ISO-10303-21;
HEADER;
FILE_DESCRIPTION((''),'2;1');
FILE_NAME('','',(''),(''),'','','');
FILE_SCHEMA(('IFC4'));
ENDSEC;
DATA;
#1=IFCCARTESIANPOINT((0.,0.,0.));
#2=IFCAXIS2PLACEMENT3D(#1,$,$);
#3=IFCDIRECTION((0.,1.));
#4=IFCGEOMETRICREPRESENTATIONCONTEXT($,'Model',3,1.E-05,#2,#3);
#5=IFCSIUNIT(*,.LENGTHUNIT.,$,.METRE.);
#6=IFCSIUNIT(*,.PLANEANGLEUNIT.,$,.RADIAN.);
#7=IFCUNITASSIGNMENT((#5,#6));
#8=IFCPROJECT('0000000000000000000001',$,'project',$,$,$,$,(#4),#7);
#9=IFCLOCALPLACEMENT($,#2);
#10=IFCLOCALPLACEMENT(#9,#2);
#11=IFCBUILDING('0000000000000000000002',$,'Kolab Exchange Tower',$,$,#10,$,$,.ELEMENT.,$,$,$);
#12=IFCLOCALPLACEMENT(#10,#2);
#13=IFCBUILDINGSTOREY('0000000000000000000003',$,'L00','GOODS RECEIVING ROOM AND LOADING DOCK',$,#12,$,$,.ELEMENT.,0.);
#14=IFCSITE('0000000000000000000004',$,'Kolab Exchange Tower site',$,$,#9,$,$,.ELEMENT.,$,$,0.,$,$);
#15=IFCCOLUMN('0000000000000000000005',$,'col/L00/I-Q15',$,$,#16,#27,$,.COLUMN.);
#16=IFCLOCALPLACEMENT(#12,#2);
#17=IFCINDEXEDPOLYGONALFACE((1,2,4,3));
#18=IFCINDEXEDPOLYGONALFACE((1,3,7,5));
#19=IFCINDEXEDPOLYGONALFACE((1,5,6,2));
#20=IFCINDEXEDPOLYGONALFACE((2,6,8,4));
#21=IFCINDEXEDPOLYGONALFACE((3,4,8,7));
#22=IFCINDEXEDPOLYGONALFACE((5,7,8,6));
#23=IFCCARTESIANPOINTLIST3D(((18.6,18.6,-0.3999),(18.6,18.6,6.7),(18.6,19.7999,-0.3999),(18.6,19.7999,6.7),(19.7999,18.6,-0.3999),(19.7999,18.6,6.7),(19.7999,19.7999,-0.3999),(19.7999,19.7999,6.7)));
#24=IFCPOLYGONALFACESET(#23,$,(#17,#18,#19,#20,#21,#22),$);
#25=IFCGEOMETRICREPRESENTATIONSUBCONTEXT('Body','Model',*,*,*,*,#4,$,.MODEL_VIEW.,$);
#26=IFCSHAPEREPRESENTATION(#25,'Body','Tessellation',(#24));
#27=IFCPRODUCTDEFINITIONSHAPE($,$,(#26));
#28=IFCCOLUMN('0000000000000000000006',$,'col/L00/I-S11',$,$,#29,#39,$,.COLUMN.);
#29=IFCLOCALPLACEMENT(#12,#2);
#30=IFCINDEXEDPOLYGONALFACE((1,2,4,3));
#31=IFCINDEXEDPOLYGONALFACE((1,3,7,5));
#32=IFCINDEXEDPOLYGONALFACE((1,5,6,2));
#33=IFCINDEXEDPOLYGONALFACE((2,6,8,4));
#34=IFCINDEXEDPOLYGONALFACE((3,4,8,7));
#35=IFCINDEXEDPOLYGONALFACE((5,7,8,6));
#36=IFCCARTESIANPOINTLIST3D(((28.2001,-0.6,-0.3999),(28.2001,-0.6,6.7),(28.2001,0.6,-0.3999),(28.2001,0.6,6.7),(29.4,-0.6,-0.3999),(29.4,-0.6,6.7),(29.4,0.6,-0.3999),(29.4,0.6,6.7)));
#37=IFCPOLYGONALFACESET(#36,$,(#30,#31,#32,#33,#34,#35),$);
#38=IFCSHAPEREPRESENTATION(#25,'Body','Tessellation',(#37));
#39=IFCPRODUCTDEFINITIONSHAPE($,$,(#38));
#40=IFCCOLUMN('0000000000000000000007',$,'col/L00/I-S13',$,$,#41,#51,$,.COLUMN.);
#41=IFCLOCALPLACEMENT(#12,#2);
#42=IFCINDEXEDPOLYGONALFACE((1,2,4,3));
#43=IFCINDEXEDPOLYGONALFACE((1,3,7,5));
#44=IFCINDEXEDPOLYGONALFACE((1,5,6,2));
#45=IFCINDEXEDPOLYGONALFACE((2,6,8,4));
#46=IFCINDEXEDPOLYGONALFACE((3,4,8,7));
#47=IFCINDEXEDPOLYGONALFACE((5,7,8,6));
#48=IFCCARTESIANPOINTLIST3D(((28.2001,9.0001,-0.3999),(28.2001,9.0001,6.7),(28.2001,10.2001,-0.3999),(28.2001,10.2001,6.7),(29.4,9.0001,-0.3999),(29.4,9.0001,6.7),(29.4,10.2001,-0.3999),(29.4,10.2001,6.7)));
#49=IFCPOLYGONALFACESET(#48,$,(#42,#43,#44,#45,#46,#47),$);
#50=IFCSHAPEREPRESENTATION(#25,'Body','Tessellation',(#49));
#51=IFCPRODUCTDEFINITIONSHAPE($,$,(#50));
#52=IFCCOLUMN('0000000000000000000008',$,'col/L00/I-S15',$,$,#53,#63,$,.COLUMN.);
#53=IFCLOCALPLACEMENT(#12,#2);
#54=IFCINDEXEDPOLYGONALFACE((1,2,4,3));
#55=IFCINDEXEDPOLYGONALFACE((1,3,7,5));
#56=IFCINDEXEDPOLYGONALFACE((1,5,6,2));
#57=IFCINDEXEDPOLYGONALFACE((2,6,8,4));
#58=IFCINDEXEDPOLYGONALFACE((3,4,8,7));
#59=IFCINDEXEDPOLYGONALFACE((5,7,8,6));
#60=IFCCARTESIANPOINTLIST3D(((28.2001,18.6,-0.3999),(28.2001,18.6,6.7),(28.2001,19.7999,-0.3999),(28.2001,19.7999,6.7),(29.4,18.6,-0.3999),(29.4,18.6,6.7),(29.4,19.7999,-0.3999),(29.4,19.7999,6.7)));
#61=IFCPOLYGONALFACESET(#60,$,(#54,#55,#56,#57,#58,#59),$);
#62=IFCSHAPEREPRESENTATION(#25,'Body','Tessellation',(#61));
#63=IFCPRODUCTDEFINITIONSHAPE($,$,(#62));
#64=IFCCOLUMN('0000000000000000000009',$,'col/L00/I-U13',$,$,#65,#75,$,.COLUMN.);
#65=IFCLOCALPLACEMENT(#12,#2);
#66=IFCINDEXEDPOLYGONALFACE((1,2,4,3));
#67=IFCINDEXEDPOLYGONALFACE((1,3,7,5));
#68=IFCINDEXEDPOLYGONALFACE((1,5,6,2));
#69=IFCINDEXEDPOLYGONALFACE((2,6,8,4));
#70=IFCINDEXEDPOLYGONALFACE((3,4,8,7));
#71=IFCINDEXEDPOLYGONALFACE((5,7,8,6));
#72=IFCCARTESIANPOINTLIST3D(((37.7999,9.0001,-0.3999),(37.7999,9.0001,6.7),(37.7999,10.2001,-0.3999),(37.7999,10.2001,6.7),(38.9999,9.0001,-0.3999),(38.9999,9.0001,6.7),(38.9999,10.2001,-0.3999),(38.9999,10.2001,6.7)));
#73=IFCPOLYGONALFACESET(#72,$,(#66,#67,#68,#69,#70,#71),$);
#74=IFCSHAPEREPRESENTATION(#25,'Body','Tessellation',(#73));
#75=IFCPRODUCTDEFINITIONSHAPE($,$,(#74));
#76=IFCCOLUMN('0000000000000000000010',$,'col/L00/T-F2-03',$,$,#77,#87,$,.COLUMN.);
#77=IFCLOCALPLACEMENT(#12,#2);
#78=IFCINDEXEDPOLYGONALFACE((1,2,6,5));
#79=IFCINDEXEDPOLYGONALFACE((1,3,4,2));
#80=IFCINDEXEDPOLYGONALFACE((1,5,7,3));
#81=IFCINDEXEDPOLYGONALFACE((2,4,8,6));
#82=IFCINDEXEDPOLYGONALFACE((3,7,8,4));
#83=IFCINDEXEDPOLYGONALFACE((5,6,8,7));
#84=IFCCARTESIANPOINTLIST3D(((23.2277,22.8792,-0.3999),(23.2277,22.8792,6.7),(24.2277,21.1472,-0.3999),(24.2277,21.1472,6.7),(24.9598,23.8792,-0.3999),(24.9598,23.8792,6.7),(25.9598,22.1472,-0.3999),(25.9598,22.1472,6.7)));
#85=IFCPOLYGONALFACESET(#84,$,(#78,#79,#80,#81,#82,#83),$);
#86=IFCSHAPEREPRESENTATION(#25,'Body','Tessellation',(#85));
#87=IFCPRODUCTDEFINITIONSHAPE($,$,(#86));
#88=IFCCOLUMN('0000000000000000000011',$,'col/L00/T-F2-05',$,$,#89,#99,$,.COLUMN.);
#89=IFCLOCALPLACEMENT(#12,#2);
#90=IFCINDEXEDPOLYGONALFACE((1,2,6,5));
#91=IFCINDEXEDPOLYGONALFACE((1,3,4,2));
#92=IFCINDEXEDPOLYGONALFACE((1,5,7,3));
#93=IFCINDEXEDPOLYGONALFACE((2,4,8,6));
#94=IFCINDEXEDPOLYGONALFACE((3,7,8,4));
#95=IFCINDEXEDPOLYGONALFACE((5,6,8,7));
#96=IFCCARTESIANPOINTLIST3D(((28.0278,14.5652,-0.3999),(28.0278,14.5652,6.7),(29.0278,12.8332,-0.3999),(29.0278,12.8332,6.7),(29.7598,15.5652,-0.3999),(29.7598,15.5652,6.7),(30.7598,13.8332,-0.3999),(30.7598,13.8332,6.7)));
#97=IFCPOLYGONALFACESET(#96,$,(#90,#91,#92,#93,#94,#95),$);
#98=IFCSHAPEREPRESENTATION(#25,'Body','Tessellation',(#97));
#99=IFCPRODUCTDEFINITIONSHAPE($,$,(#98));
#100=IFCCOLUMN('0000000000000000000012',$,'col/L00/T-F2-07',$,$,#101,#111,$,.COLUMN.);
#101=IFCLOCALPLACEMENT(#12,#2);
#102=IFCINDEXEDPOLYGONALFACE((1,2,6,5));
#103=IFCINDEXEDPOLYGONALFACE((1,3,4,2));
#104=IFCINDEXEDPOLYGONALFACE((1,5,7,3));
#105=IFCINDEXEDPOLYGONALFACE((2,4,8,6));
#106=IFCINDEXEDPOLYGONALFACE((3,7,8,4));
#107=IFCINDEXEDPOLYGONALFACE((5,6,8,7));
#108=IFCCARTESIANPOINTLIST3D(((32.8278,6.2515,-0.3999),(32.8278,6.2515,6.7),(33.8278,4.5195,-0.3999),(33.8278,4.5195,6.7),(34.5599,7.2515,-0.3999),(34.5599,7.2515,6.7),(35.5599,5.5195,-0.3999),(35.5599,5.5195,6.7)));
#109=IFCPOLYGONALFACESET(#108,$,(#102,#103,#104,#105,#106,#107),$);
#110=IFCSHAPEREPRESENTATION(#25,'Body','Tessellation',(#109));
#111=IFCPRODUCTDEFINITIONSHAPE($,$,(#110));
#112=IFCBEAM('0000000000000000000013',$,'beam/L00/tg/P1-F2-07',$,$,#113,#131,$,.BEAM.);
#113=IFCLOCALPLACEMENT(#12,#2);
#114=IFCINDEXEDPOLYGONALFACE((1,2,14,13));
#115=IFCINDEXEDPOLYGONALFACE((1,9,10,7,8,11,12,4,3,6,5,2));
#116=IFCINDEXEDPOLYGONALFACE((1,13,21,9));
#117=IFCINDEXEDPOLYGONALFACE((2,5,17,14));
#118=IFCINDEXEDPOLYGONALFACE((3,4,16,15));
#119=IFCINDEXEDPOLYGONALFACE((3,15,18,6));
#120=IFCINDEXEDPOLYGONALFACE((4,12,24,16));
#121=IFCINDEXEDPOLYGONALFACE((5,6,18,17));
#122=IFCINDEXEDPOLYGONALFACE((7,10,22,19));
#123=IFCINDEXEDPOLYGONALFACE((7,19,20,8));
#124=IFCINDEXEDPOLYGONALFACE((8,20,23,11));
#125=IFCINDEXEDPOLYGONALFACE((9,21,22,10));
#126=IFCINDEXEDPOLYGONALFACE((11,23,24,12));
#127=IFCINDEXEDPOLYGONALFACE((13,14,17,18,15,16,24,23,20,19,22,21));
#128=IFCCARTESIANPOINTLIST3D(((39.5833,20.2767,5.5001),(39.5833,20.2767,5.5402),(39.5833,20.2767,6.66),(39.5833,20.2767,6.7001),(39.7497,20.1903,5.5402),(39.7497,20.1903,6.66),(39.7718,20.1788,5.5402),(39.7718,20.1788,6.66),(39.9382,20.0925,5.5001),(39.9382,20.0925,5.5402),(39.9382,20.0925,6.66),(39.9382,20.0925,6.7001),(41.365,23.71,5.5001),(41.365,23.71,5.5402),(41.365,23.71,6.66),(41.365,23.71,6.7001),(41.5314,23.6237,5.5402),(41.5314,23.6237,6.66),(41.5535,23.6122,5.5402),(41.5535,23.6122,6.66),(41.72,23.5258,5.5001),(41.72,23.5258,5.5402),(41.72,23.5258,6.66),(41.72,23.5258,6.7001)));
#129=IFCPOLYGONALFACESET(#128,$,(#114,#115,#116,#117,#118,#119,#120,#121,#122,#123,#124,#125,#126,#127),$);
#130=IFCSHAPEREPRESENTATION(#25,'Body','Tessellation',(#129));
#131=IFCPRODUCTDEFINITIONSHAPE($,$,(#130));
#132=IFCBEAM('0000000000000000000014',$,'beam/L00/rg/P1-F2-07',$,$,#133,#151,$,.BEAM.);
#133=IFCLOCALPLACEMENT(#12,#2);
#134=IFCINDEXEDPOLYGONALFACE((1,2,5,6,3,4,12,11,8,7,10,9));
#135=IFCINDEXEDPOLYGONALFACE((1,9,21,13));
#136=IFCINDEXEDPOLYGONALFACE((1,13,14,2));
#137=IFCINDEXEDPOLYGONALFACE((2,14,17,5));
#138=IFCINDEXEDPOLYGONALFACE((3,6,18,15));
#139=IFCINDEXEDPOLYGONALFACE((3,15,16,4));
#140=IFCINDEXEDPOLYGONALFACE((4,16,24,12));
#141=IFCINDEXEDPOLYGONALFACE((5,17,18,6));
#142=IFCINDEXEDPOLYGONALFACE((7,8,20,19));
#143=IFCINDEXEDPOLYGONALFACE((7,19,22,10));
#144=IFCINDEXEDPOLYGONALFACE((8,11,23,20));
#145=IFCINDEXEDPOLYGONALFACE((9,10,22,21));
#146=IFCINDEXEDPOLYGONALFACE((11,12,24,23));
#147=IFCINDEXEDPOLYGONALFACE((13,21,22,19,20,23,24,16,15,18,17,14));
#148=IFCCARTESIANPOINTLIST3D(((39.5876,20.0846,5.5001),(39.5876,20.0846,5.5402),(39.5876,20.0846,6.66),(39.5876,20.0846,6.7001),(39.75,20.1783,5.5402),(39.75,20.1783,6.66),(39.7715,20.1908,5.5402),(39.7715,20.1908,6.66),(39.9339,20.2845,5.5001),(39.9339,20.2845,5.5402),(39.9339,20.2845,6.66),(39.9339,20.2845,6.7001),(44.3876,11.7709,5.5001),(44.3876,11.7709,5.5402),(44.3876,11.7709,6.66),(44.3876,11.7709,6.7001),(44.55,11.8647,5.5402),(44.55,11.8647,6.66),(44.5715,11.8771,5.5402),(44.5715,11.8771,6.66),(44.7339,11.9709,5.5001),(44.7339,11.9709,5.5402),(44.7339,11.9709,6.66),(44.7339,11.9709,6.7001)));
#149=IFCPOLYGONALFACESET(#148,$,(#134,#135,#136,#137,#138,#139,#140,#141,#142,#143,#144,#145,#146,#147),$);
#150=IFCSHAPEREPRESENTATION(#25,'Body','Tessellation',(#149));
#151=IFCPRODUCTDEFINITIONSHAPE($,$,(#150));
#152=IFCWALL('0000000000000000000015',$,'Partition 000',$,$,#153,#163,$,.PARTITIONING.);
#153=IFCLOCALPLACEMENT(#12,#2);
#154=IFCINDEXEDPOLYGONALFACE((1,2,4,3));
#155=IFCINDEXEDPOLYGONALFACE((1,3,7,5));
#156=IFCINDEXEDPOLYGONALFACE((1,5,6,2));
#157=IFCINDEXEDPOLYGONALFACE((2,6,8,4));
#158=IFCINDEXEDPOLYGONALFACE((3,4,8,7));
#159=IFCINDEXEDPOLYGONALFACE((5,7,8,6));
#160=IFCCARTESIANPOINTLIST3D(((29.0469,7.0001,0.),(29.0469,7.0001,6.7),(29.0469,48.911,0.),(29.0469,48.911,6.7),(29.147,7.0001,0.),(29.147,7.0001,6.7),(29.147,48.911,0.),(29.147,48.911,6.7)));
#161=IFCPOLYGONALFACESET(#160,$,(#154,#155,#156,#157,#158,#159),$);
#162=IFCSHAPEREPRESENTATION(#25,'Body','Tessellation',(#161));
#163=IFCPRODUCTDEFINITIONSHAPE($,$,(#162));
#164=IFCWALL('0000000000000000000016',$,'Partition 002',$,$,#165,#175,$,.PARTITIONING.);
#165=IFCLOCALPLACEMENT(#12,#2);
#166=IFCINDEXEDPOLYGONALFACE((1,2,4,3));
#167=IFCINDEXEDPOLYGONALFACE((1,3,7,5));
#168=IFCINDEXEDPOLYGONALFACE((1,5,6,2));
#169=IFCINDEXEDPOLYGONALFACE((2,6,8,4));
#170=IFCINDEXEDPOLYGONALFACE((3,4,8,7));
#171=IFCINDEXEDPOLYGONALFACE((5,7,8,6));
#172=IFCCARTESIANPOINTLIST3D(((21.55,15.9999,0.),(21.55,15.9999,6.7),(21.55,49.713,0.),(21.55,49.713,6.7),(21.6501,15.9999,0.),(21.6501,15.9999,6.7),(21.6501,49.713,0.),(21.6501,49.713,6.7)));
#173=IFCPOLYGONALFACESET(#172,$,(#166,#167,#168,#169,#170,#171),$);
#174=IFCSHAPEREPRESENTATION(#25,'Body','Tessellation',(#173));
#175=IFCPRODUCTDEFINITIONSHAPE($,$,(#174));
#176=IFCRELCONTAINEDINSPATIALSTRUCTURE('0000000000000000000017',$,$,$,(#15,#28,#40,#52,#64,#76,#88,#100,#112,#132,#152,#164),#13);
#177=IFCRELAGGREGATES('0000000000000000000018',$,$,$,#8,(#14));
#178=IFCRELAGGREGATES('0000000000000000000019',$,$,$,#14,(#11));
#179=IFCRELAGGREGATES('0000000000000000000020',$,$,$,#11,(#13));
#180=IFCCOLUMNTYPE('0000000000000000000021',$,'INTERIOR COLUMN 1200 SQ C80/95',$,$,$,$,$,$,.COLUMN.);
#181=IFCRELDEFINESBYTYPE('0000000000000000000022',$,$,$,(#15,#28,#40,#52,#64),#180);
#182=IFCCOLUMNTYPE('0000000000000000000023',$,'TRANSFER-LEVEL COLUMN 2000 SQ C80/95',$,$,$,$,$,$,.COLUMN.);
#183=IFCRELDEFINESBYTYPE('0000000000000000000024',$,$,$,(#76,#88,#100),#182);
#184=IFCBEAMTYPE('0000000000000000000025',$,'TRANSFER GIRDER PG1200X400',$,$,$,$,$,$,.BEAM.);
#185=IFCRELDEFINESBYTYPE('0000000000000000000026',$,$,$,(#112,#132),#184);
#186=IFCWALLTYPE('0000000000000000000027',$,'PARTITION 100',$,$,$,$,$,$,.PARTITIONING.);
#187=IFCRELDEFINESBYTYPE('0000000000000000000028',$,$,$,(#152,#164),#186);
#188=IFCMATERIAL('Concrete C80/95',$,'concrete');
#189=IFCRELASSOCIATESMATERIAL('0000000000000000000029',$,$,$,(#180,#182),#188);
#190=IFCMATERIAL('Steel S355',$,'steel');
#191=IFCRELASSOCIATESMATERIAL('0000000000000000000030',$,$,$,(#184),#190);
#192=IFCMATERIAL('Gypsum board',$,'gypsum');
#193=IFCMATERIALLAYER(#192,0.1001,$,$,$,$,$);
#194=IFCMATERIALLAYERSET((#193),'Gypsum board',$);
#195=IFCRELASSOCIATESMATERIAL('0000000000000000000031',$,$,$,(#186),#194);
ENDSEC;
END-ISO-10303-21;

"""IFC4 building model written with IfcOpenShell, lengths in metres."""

from ifc_helpers import new_model, si_unit, direction, frame, frame_2d, origin, origin_2d, place, context, subcontext, project, spatial, rectangle, i_section, extrude, material, layer, layer_set, material_profile, profile_set, type_object, element, save


model = new_model("IFC4")

# Units and contexts
model_context = context("Model", 3, precision=1e-05, world=origin(), true_north=direction((0.0, 1.0)))
body_context = subcontext(model_context, "Body", "Model", "MODEL_VIEW")
ifc_project = project(units=[si_unit("LENGTHUNIT", "METRE"), si_unit("PLANEANGLEUNIT", "RADIAN")], contexts=[model_context])

# Site, building, storey
site_placement = place(None, origin())
site = spatial("IfcSite", under=ifc_project, at=site_placement, Name="Kolab Exchange Tower site", CompositionType="ELEMENT", RefElevation=0.0)
building_placement = place(site_placement, origin())
building = spatial("IfcBuilding", under=site, at=building_placement, Name="Kolab Exchange Tower", CompositionType="ELEMENT")
storey_placement = place(building_placement, origin())
storey = spatial("IfcBuildingStorey", under=building, at=storey_placement, Name="L00", Description="GOODS RECEIVING ROOM AND LOADING DOCK", CompositionType="ELEMENT", Elevation=0.0)

# Columns
ifc_material_1 = material(Name="Concrete C80/95", Category="concrete")
ifc_material_profile_1 = material_profile(ifc_material_1, rectangle(XDim=1.2, YDim=1.2, at=origin_2d()), Name="RC1200")
ifc_profile_set_1 = profile_set([ifc_material_profile_1], Name="Concrete C80/95")
column_type_1 = type_object("IfcColumnType", Name="INTERIOR COLUMN 1200 SQ C80/95", PredefinedType="COLUMN", material=ifc_profile_set_1)
for number, where, z_axis, x_axis, name in (
    (1, (19.2, 19.2, -0.3999), (0.0, 0.0, 1.0), (1.0, 0.0, 0.0), "col/L00/I-Q15"),
    (2, (28.8, 0.0, -0.3999), (0.0, 0.0, 1.0), (1.0, 0.0, 0.0), "col/L00/I-S11"),
    (3, (28.8, 9.6001, -0.3999), (0.0, 0.0, 1.0), (1.0, 0.0, 0.0), "col/L00/I-S13"),
    (4, (28.8, 19.2, -0.3999), (0.0, 0.0, 1.0), (1.0, 0.0, 0.0), "col/L00/I-S15"),
    (5, (38.3999, 9.6001, -0.3999), (0.0, 0.0, 1.0), (1.0, 0.0, 0.0), "col/L00/I-U13"),
):
    element("IfcColumn", number, at=place(storey_placement, frame(where, z_axis=z_axis, x_axis=x_axis)), inside=storey, type_object=column_type_1, Name=name, PredefinedType="COLUMN", context=body_context, shape_type="SweptSolid", body=[
        extrude(rectangle(XDim=1.2, YDim=1.2, at=origin_2d()), origin(), (0.0, 0.0, 1.0), 7.0999),
    ])
ifc_material_profile_2 = material_profile(ifc_material_1, rectangle(XDim=2.0, YDim=2.0, at=origin_2d()), Name="RC2000")
ifc_profile_set_2 = profile_set([ifc_material_profile_2], Name="Concrete C80/95")
column_type_2 = type_object("IfcColumnType", Name="TRANSFER-LEVEL COLUMN 2000 SQ C80/95", PredefinedType="COLUMN", material=ifc_profile_set_2)
for number, where, z_axis, x_axis, name in (
    (6, (24.5938, 22.5132, -0.3999), (0.0, 0.0, 1.0), (0.866025, 0.5, 0.0), "col/L00/T-F2-03"),
    (7, (29.3938, 14.1992, -0.3999), (0.0, 0.0, 1.0), (0.866025, 0.5, 0.0), "col/L00/T-F2-05"),
    (8, (34.1938, 5.8855, -0.3999), (0.0, 0.0, 1.0), (0.866025, 0.5, 0.0), "col/L00/T-F2-07"),
):
    element("IfcColumn", number, at=place(storey_placement, frame(where, z_axis=z_axis, x_axis=x_axis)), inside=storey, type_object=column_type_2, Name=name, PredefinedType="COLUMN", context=body_context, shape_type="SweptSolid", body=[
        extrude(rectangle(XDim=2.0, YDim=2.0, at=origin_2d()), origin(), (0.0, 0.0, 1.0), 7.0999),
    ])

# Beams
ifc_material_2 = material(Name="Steel S355", Category="steel")
ifc_material_profile_3 = material_profile(ifc_material_2, i_section(OverallWidth=0.3999, OverallDepth=1.2, WebThickness=0.0249, FlangeThickness=0.04, at=origin_2d()), Name="PG1200X400")
ifc_profile_set_3 = profile_set([ifc_material_profile_3], Name="Steel S355")
beam_type = type_object("IfcBeamType", Name="TRANSFER GIRDER PG1200X400", PredefinedType="BEAM", material=ifc_profile_set_3)
beam_1_placement = place(storey_placement, frame((39.7607, 20.1846, 6.1001), z_axis=(0.460619, 0.887598, 0.0), x_axis=(-0.887598, 0.460619, 0.0)))
element("IfcBeam", 9, at=beam_1_placement, inside=storey, type_object=beam_type, Name="beam/L00/tg/P1-F2-07", PredefinedType="BEAM", context=body_context, shape_type="SweptSolid", body=[
    extrude(i_section(OverallWidth=0.3999, OverallDepth=1.2, WebThickness=0.0249, FlangeThickness=0.04, at=origin_2d()), origin(), (0.0, 0.0, 1.0), 3.8682),
])
beam_2_placement = place(storey_placement, frame((39.7607, 20.1846, 6.1001), z_axis=(0.500009, -0.86602, 0.0), x_axis=(0.86602, 0.500009, 0.0)))
element("IfcBeam", 10, at=beam_2_placement, inside=storey, type_object=beam_type, Name="beam/L00/rg/P1-F2-07", PredefinedType="BEAM", context=body_context, shape_type="SweptSolid", body=[
    extrude(i_section(OverallWidth=0.3999, OverallDepth=1.2, WebThickness=0.0249, FlangeThickness=0.04, at=origin_2d()), origin(), (0.0, 0.0, 1.0), 9.5999),
])

# Walls
ifc_material_3 = material(Name="Gypsum board", Category="gypsum")
ifc_layer = layer(ifc_material_3, 0.1001)
ifc_layer_set = layer_set([ifc_layer], Name="Gypsum board")
wall_type = type_object("IfcWallType", Name="PARTITION 100", PredefinedType="PARTITIONING", material=ifc_layer_set)
wall_1_placement = place(storey_placement, frame((29.0969, 7.0, 0.0), z_axis=(0.0, 0.0, 1.0), x_axis=(0.0, 1.0, 0.0)))
element("IfcWall", 11, at=wall_1_placement, inside=storey, type_object=wall_type, Name="Partition 000", PredefinedType="PARTITIONING", context=body_context, shape_type="SweptSolid", body=[
    extrude(rectangle(XDim=41.9109, YDim=0.1001, at=frame_2d((20.9556, 0.0))), origin(), (0.0, 0.0, 1.0), 6.7),
])
wall_2_placement = place(storey_placement, frame((21.6001, 16.0, 0.0), z_axis=(0.0, 0.0, 1.0), x_axis=(0.0, 1.0, 0.0)))
element("IfcWall", 12, at=wall_2_placement, inside=storey, type_object=wall_type, Name="Partition 002", PredefinedType="PARTITIONING", context=body_context, shape_type="SweptSolid", body=[
    extrude(rectangle(XDim=33.7131, YDim=0.1001, at=frame_2d((16.8564, 0.0))), origin(), (0.0, 0.0, 1.0), 6.7),
])

save(model, "model.ifc")
